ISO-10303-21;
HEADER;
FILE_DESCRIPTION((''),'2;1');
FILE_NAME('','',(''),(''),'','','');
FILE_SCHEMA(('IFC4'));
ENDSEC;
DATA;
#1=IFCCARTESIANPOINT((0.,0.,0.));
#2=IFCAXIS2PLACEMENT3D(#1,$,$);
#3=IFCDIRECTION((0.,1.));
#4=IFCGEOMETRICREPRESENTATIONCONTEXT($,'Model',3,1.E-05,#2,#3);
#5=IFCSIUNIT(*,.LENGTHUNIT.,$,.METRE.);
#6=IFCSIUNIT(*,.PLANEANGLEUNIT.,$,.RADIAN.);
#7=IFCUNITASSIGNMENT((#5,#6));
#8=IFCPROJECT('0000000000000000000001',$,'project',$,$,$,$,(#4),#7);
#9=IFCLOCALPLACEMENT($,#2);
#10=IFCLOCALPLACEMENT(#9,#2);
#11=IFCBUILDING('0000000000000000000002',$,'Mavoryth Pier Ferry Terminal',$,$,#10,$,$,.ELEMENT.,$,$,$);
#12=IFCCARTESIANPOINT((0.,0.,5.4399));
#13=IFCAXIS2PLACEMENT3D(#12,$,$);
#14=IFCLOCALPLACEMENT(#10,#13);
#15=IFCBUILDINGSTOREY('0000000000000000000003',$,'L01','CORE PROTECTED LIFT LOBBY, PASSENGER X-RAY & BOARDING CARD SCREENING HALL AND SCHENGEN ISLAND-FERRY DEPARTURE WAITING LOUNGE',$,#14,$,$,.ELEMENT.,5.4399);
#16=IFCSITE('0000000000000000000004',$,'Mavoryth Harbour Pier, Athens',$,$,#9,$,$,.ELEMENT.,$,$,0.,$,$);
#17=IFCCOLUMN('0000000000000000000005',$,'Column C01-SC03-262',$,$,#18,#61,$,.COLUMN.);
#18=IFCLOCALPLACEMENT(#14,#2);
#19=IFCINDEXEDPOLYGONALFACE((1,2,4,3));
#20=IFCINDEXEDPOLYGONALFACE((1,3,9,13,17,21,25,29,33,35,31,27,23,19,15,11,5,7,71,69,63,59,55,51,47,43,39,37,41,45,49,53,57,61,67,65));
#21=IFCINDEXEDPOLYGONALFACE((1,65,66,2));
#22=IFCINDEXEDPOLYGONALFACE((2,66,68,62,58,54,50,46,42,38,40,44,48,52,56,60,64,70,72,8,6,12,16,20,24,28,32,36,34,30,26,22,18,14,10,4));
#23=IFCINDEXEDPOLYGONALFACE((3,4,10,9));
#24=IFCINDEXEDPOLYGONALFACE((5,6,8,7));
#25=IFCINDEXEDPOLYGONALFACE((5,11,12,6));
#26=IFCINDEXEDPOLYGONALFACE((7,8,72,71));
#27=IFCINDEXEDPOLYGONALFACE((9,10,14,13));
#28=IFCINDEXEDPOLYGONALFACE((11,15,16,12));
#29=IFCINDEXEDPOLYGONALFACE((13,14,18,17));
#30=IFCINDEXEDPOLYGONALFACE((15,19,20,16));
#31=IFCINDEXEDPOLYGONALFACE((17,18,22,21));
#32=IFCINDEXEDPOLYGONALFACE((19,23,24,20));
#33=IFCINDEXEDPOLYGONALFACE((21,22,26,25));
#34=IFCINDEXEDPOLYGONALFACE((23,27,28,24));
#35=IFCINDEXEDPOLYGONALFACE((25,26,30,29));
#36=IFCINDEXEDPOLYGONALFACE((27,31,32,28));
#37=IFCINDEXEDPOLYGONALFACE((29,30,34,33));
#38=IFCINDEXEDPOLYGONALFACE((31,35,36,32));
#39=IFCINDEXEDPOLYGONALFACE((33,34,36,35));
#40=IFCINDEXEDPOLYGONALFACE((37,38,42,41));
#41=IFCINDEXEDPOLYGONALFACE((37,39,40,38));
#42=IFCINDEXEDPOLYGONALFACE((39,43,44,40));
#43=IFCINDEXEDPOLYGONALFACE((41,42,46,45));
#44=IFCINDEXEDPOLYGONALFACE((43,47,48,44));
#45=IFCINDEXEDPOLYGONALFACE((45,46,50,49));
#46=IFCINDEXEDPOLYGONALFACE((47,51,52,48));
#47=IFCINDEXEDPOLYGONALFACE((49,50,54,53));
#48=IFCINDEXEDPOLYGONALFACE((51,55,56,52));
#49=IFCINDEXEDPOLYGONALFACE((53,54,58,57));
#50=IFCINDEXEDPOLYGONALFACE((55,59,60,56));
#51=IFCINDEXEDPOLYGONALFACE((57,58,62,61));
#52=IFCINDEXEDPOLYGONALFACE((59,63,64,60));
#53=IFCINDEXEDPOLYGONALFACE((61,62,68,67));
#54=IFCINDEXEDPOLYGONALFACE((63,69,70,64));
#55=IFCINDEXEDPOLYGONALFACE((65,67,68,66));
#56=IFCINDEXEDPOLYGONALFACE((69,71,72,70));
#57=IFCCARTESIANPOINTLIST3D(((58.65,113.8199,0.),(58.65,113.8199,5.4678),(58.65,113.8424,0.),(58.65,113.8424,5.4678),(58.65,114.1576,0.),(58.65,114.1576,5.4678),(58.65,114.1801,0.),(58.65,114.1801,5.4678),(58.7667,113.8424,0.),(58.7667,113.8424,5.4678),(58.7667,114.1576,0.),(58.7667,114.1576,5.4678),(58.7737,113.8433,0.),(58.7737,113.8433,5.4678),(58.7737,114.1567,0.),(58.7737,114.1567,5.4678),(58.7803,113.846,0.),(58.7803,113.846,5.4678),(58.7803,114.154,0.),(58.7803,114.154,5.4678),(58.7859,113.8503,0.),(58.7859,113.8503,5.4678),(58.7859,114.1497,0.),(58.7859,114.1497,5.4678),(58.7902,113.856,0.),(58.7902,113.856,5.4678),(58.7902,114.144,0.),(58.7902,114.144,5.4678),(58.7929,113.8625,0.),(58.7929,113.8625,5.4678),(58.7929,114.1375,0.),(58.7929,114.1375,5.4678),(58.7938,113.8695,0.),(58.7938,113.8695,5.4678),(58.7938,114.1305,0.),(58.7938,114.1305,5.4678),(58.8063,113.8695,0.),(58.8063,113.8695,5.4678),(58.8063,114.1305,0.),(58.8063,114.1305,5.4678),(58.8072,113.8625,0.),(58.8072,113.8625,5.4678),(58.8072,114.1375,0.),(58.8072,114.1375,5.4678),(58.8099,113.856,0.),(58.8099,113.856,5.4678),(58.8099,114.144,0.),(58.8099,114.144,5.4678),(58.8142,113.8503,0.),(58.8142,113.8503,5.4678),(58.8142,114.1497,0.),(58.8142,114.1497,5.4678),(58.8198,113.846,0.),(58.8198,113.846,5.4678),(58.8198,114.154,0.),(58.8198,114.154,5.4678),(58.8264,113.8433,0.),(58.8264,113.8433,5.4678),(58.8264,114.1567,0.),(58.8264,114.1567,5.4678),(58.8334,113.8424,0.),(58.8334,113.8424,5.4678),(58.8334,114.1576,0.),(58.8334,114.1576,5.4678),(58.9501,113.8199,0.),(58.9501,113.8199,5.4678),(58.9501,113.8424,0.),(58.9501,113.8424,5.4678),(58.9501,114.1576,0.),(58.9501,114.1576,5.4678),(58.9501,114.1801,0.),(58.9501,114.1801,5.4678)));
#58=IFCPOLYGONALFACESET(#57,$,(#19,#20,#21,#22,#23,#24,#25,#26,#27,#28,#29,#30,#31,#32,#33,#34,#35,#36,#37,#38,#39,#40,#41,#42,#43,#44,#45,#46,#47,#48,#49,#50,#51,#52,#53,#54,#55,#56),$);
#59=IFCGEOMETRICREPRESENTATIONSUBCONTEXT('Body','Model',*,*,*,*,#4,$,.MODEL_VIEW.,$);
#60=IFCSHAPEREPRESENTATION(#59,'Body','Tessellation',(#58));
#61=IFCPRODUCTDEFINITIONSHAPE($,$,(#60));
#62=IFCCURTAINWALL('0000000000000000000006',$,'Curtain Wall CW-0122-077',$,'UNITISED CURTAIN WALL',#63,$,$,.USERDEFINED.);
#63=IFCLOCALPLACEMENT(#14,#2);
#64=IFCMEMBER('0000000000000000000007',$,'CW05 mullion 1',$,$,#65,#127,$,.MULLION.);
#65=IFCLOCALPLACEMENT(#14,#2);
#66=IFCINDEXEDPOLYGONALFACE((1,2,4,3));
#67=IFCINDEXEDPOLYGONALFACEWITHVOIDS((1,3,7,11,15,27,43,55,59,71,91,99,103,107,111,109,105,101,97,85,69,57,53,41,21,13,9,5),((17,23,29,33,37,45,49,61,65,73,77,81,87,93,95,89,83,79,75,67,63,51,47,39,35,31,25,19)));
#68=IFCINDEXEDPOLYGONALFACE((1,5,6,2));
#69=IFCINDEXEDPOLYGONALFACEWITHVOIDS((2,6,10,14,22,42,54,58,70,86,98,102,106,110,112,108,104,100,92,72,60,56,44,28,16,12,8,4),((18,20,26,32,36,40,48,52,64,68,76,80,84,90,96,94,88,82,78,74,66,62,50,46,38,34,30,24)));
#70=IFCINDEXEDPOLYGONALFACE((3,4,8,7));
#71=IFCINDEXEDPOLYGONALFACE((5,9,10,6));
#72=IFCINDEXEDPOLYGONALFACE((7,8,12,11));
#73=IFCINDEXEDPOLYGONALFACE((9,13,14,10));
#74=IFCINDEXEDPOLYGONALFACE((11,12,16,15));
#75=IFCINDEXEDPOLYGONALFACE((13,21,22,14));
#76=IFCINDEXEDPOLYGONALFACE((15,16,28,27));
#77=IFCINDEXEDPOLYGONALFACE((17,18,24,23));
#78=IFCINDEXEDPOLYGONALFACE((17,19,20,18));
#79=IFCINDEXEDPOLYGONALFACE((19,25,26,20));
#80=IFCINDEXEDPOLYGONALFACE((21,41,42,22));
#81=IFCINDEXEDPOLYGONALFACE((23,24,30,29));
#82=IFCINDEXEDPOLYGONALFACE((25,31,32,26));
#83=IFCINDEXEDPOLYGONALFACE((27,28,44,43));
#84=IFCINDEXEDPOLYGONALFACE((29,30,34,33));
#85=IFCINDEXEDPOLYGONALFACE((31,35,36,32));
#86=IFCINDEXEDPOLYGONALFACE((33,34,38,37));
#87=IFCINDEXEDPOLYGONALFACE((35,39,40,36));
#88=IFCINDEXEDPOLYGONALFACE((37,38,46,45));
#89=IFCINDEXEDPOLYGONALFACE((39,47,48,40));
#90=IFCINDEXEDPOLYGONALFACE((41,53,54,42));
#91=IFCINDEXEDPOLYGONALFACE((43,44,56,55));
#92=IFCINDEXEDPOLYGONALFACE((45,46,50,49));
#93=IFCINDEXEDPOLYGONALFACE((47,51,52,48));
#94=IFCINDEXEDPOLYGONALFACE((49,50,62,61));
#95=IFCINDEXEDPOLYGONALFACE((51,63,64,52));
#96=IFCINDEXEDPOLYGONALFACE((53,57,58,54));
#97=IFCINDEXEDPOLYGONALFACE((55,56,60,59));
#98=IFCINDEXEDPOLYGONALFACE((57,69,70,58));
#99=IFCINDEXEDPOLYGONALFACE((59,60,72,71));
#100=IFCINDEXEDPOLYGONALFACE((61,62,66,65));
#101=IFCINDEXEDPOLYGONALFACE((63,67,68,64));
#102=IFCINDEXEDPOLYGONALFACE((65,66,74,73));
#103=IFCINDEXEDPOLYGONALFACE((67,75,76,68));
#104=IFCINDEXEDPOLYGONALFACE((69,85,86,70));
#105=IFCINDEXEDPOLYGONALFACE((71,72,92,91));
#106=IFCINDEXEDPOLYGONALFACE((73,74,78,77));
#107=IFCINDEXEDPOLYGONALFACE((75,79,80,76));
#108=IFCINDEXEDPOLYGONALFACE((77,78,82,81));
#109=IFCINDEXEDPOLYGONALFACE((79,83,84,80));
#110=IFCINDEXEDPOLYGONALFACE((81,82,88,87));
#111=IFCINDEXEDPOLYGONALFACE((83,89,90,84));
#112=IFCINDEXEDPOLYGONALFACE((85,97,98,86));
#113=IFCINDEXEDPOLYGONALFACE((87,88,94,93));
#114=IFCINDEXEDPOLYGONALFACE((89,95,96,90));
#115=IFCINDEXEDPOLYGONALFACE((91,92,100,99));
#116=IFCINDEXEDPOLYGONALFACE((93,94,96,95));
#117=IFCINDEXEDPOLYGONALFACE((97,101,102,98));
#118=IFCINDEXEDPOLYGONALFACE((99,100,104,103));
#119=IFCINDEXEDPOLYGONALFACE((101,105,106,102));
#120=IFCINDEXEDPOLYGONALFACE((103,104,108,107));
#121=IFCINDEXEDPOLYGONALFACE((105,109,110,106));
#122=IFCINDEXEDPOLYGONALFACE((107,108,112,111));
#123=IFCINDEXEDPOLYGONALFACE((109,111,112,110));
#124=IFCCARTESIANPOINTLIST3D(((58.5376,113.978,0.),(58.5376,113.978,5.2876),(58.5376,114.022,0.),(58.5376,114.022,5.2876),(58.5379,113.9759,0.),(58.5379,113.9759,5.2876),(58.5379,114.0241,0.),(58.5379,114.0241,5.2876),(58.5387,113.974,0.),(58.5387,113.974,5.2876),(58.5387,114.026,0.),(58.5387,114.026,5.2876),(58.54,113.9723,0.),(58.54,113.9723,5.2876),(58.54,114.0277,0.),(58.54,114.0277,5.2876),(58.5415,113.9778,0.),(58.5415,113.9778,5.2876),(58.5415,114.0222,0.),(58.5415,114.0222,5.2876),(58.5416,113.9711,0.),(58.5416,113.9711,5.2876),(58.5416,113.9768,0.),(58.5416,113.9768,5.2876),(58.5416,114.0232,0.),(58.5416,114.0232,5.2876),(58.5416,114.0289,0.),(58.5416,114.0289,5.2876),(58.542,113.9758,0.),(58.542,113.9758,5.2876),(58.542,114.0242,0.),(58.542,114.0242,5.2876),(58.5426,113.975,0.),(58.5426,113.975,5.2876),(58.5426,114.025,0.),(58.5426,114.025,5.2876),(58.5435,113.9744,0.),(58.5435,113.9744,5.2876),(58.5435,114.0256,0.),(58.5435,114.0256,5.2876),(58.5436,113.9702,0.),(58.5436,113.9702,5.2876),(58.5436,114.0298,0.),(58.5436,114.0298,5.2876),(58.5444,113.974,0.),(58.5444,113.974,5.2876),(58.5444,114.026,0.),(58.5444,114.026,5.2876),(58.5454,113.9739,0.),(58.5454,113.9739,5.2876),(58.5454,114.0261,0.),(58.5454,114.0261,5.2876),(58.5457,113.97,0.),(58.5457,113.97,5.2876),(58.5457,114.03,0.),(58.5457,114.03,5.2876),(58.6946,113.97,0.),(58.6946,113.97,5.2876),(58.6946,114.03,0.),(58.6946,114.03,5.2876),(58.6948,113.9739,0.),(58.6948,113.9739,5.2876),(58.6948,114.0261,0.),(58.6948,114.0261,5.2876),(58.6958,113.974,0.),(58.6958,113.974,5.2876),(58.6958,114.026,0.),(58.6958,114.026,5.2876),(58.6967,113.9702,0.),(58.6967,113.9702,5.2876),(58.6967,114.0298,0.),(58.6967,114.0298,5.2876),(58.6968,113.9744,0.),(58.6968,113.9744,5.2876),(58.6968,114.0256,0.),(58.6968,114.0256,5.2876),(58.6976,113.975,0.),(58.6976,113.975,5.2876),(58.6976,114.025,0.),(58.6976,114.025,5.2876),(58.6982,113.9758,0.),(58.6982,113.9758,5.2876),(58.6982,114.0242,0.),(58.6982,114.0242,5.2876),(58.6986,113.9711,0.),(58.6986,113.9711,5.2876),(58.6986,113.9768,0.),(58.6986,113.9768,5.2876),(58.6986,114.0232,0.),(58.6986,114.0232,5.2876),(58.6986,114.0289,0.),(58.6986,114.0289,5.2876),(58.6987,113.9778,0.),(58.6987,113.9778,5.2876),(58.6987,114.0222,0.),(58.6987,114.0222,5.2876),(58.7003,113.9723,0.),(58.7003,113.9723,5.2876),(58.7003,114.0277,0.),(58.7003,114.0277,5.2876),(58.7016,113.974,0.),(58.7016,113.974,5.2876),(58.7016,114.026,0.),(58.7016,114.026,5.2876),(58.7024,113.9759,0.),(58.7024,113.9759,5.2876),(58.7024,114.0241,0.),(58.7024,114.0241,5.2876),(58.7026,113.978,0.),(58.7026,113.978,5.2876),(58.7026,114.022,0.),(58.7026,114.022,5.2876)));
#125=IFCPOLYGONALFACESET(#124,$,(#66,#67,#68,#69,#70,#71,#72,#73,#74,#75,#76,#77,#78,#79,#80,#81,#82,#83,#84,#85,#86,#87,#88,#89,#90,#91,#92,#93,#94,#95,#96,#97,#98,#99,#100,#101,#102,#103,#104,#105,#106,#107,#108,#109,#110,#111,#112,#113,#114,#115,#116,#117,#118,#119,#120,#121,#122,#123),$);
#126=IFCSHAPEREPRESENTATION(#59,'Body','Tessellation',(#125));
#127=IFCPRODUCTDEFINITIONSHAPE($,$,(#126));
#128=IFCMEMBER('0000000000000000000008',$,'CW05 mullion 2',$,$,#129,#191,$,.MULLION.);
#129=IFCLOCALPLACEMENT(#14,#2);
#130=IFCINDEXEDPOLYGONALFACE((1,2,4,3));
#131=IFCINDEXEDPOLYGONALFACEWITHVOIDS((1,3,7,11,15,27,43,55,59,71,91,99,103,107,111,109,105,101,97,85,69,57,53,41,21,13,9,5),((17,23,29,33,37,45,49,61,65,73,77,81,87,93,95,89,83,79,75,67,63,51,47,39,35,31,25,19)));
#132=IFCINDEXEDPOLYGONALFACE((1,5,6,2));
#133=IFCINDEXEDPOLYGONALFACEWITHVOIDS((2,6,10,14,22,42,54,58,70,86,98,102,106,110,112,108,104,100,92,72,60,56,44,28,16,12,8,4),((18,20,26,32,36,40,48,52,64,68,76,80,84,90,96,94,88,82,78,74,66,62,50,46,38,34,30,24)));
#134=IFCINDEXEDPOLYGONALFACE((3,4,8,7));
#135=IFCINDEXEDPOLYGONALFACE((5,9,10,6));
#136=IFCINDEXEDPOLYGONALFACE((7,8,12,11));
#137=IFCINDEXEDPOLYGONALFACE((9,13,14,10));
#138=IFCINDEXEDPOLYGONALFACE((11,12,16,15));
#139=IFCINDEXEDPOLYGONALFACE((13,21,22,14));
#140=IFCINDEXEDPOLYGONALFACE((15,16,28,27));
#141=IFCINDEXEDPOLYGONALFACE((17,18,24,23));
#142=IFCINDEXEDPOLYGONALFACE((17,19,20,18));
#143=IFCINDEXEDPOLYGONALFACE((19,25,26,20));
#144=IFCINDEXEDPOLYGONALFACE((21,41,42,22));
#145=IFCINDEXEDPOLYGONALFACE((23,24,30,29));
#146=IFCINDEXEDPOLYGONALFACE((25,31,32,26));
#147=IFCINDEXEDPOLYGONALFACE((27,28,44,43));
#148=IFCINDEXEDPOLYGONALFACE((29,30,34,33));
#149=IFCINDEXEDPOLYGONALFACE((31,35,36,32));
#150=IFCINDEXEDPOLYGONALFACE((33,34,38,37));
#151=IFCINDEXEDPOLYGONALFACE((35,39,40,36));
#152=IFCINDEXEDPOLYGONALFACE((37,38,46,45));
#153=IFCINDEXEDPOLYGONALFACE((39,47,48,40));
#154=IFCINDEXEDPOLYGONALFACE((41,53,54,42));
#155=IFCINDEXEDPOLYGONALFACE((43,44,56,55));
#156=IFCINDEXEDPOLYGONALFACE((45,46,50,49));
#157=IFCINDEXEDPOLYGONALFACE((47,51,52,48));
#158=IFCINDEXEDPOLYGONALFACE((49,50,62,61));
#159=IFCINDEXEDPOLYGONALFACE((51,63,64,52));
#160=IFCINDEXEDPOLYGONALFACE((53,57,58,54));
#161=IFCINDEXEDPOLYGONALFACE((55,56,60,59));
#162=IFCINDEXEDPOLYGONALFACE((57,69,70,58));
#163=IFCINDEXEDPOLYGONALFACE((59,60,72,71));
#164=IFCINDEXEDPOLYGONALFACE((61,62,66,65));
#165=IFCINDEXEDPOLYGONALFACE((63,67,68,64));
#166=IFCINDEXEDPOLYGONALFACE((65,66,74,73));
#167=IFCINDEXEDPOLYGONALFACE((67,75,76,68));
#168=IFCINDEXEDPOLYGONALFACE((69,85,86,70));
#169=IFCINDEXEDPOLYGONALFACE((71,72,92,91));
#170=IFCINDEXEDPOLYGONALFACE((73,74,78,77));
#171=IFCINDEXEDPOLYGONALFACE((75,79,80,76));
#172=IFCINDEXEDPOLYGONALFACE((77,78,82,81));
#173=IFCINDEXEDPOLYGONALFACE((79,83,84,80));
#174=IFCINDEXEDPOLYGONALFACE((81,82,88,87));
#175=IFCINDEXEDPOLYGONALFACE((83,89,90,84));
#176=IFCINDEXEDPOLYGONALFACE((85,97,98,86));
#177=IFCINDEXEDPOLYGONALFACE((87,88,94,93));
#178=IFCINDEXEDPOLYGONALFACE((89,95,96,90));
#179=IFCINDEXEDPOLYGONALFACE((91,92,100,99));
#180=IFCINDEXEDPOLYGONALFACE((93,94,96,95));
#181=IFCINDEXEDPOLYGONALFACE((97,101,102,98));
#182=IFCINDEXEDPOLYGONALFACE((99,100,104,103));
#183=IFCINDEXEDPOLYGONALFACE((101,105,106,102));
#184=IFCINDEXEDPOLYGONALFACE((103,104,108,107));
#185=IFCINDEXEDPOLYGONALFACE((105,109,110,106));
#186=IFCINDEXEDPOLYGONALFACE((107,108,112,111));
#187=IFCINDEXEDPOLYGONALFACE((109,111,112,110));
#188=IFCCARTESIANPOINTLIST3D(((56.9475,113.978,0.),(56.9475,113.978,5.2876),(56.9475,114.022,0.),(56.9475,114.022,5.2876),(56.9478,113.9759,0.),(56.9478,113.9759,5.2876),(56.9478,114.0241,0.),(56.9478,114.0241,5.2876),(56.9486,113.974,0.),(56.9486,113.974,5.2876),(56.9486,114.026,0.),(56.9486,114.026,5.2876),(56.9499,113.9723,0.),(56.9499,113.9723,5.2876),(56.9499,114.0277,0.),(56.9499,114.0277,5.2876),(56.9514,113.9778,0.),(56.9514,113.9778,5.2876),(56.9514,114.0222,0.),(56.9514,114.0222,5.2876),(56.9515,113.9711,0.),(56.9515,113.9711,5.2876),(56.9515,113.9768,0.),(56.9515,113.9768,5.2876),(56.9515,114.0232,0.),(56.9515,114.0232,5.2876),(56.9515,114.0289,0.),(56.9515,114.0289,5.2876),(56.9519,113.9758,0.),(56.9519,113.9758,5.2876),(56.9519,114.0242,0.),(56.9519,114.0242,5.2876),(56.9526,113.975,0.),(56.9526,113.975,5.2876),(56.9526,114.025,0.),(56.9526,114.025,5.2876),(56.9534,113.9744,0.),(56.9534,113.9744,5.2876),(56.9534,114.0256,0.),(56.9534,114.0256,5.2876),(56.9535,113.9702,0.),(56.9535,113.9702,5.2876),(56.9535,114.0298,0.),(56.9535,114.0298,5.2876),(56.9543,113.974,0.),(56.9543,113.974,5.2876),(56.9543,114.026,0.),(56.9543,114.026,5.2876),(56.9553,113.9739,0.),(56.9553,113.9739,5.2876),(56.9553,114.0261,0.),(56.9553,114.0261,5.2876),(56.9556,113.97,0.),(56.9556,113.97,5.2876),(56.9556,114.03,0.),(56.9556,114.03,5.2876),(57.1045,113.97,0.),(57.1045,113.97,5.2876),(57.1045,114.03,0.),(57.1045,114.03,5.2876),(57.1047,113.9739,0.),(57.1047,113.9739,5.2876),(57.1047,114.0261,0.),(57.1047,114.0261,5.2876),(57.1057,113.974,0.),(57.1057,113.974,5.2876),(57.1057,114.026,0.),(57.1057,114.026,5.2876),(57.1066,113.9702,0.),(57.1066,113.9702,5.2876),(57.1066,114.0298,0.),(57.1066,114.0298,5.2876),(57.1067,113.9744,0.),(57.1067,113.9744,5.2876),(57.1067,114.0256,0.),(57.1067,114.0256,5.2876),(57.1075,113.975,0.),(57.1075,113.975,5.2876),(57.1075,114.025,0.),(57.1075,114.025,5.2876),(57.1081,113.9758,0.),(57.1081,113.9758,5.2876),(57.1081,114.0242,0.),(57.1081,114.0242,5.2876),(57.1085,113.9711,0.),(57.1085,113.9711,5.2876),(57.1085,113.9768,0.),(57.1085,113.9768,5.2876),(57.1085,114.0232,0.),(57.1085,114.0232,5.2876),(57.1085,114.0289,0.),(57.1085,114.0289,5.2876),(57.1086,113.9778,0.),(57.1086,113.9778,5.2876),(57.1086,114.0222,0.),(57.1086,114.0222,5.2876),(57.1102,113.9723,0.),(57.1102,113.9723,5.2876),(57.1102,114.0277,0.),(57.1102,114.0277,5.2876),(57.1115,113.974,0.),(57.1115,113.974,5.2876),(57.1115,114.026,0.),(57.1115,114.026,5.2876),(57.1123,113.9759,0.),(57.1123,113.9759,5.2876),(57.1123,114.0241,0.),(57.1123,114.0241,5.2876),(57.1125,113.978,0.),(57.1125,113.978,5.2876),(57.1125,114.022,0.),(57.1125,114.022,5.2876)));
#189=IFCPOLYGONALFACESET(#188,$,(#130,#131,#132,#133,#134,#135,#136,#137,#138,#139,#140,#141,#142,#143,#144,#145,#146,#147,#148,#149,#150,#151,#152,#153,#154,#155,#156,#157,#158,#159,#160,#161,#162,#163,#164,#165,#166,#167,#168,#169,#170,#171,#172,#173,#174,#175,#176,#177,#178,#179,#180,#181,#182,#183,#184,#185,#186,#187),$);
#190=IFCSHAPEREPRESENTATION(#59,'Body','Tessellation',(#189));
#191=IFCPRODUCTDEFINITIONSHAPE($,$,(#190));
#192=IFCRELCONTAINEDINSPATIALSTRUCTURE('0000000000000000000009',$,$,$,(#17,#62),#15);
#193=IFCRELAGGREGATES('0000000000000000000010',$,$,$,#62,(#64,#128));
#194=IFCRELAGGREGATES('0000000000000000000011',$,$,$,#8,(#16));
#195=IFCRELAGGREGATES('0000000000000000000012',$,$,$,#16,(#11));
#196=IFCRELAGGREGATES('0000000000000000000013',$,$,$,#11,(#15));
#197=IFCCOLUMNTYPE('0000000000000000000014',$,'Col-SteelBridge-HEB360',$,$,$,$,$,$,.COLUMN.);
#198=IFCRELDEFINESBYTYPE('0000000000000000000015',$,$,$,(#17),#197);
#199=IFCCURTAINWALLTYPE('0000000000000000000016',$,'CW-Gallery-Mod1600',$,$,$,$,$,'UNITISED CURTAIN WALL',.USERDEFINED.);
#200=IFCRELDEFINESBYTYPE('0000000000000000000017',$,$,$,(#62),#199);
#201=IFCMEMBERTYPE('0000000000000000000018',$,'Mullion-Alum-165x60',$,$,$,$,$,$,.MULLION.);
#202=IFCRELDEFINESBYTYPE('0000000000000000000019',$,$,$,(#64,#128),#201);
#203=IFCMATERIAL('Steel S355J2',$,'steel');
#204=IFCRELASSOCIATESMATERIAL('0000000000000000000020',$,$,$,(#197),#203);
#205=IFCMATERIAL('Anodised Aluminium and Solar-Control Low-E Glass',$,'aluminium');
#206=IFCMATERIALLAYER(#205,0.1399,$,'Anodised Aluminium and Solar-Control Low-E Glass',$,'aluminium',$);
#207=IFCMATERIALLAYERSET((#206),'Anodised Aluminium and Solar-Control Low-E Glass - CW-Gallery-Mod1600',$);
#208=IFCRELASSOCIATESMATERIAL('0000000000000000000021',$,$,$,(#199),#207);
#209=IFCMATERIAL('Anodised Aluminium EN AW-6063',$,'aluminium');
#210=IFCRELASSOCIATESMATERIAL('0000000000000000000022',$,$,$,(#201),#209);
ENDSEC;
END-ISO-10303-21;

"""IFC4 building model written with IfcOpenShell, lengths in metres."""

from ifc_helpers import new_model, si_unit, direction, frame, origin, origin_2d, place, context, subcontext, project, spatial, hollow_rectangle, i_section, extrude, material, layer, layer_set, material_profile, profile_set, type_object, element, aggregate, save


model = new_model("IFC4")

# Units and contexts
model_context = context("Model", 3, precision=1e-05, world=origin(), true_north=direction((0.0, 1.0)))
body_context = subcontext(model_context, "Body", "Model", "MODEL_VIEW")
ifc_project = project(units=[si_unit("LENGTHUNIT", "METRE"), si_unit("PLANEANGLEUNIT", "RADIAN")], contexts=[model_context])

# Site, building, storey
site_placement = place(None, origin())
site = spatial("IfcSite", under=ifc_project, at=site_placement, Name="Mavoryth Harbour Pier, Athens", CompositionType="ELEMENT", RefElevation=0.0)
building_placement = place(site_placement, origin())
building = spatial("IfcBuilding", under=site, at=building_placement, Name="Mavoryth Pier Ferry Terminal", CompositionType="ELEMENT")
storey_placement = place(building_placement, frame((0.0, 0.0, 5.4399)))
storey = spatial("IfcBuildingStorey", under=building, at=storey_placement, Name="L01", Description="CORE PROTECTED LIFT LOBBY, PASSENGER X-RAY & BOARDING CARD SCREENING HALL AND SCHENGEN ISLAND-FERRY DEPARTURE WAITING LOUNGE", CompositionType="ELEMENT", Elevation=5.4399)

# Column
ifc_material_1 = material(Name="Steel S355J2", Category="steel")
ifc_material_profile_1 = material_profile(ifc_material_1, i_section(OverallWidth=0.3, OverallDepth=0.3601, WebThickness=0.0125, FlangeThickness=0.0225, FilletRadius=0.0271, at=origin_2d()), Name="HEB 360", Category="steel")
ifc_profile_set_1 = profile_set([ifc_material_profile_1], Name="Steel S355J2 - HEB 360")
column_type = type_object("IfcColumnType", Name="Col-SteelBridge-HEB360", PredefinedType="COLUMN", material=ifc_profile_set_1)
column_placement = place(storey_placement, frame((58.8, 114.0, 0.0), z_axis=(0.0, 0.0, 1.0), x_axis=(1.0, 0.0, 0.0)))
element("IfcColumn", 1, at=column_placement, inside=storey, type_object=column_type, Name="Column C01-SC03-262", PredefinedType="COLUMN", context=body_context, shape_type="SweptSolid", body=[
    extrude(i_section(OverallWidth=0.3, OverallDepth=0.3601, WebThickness=0.0125, FlangeThickness=0.0225, FilletRadius=0.0271, at=origin_2d()), origin(), (0.0, 0.0, 1.0), 5.4678),
])

# Curtain wall, members
ifc_material_2 = material(Name="Anodised Aluminium and Solar-Control Low-E Glass", Category="aluminium")
ifc_layer_1 = layer(ifc_material_2, 0.1399, Name="Anodised Aluminium and Solar-Control Low-E Glass", Category="aluminium")
ifc_layer_set_1 = layer_set([ifc_layer_1], Name="Anodised Aluminium and Solar-Control Low-E Glass - CW-Gallery-Mod1600")
curtain_wall_type = type_object("IfcCurtainWallType", Name="CW-Gallery-Mod1600", ElementType="UNITISED CURTAIN WALL", PredefinedType="USERDEFINED", material=ifc_layer_set_1)
curtain_wall_1_placement = place(storey_placement, origin())
curtain_wall_1 = element("IfcCurtainWall", 2, at=curtain_wall_1_placement, inside=storey, type_object=curtain_wall_type, Name="Curtain Wall CW-0122-077", ObjectType="UNITISED CURTAIN WALL", PredefinedType="USERDEFINED")
ifc_material_3 = material(Name="Anodised Aluminium EN AW-6063", Category="aluminium")
ifc_material_profile_2 = material_profile(ifc_material_3, hollow_rectangle(XDim=0.0601, YDim=0.165, WallThickness=0.0039, InnerFilletRadius=0.0039, OuterFilletRadius=0.0081, at=origin_2d()), Name="AL-MULL 165x60x4", Category="aluminium")
ifc_profile_set_2 = profile_set([ifc_material_profile_2], Name="Anodised Aluminium EN AW-6063 - AL-MULL 165x60x4")
member_type_1 = type_object("IfcMemberType", Name="Mullion-Alum-165x60", PredefinedType="MULLION", material=ifc_profile_set_2)
member_1_placement = place(storey_placement, frame((58.6201, 114.0, 0.0), z_axis=(0.0, 0.0, 1.0), x_axis=(0.0, -1.0, 0.0)))
member_1 = element("IfcMember", 3, at=member_1_placement, type_object=member_type_1, Name="CW05 mullion 1", PredefinedType="MULLION", context=body_context, shape_type="SweptSolid", body=[
    extrude(hollow_rectangle(XDim=0.0601, YDim=0.165, WallThickness=0.0039, InnerFilletRadius=0.0039, OuterFilletRadius=0.0081, at=origin_2d()), origin(), (0.0, 0.0, 1.0), 5.2876),
])
member_2_placement = place(storey_placement, frame((57.03, 114.0, 0.0), z_axis=(0.0, 0.0, 1.0), x_axis=(0.0, -1.0, 0.0)))
member_2 = element("IfcMember", 4, at=member_2_placement, type_object=member_type_1, Name="CW05 mullion 2", PredefinedType="MULLION", context=body_context, shape_type="SweptSolid", body=[
    extrude(hollow_rectangle(XDim=0.0601, YDim=0.165, WallThickness=0.0039, InnerFilletRadius=0.0039, OuterFilletRadius=0.0081, at=origin_2d()), origin(), (0.0, 0.0, 1.0), 5.2876),
])

aggregate(curtain_wall_1, [member_1, member_2])

save(model, "model.ifc")
